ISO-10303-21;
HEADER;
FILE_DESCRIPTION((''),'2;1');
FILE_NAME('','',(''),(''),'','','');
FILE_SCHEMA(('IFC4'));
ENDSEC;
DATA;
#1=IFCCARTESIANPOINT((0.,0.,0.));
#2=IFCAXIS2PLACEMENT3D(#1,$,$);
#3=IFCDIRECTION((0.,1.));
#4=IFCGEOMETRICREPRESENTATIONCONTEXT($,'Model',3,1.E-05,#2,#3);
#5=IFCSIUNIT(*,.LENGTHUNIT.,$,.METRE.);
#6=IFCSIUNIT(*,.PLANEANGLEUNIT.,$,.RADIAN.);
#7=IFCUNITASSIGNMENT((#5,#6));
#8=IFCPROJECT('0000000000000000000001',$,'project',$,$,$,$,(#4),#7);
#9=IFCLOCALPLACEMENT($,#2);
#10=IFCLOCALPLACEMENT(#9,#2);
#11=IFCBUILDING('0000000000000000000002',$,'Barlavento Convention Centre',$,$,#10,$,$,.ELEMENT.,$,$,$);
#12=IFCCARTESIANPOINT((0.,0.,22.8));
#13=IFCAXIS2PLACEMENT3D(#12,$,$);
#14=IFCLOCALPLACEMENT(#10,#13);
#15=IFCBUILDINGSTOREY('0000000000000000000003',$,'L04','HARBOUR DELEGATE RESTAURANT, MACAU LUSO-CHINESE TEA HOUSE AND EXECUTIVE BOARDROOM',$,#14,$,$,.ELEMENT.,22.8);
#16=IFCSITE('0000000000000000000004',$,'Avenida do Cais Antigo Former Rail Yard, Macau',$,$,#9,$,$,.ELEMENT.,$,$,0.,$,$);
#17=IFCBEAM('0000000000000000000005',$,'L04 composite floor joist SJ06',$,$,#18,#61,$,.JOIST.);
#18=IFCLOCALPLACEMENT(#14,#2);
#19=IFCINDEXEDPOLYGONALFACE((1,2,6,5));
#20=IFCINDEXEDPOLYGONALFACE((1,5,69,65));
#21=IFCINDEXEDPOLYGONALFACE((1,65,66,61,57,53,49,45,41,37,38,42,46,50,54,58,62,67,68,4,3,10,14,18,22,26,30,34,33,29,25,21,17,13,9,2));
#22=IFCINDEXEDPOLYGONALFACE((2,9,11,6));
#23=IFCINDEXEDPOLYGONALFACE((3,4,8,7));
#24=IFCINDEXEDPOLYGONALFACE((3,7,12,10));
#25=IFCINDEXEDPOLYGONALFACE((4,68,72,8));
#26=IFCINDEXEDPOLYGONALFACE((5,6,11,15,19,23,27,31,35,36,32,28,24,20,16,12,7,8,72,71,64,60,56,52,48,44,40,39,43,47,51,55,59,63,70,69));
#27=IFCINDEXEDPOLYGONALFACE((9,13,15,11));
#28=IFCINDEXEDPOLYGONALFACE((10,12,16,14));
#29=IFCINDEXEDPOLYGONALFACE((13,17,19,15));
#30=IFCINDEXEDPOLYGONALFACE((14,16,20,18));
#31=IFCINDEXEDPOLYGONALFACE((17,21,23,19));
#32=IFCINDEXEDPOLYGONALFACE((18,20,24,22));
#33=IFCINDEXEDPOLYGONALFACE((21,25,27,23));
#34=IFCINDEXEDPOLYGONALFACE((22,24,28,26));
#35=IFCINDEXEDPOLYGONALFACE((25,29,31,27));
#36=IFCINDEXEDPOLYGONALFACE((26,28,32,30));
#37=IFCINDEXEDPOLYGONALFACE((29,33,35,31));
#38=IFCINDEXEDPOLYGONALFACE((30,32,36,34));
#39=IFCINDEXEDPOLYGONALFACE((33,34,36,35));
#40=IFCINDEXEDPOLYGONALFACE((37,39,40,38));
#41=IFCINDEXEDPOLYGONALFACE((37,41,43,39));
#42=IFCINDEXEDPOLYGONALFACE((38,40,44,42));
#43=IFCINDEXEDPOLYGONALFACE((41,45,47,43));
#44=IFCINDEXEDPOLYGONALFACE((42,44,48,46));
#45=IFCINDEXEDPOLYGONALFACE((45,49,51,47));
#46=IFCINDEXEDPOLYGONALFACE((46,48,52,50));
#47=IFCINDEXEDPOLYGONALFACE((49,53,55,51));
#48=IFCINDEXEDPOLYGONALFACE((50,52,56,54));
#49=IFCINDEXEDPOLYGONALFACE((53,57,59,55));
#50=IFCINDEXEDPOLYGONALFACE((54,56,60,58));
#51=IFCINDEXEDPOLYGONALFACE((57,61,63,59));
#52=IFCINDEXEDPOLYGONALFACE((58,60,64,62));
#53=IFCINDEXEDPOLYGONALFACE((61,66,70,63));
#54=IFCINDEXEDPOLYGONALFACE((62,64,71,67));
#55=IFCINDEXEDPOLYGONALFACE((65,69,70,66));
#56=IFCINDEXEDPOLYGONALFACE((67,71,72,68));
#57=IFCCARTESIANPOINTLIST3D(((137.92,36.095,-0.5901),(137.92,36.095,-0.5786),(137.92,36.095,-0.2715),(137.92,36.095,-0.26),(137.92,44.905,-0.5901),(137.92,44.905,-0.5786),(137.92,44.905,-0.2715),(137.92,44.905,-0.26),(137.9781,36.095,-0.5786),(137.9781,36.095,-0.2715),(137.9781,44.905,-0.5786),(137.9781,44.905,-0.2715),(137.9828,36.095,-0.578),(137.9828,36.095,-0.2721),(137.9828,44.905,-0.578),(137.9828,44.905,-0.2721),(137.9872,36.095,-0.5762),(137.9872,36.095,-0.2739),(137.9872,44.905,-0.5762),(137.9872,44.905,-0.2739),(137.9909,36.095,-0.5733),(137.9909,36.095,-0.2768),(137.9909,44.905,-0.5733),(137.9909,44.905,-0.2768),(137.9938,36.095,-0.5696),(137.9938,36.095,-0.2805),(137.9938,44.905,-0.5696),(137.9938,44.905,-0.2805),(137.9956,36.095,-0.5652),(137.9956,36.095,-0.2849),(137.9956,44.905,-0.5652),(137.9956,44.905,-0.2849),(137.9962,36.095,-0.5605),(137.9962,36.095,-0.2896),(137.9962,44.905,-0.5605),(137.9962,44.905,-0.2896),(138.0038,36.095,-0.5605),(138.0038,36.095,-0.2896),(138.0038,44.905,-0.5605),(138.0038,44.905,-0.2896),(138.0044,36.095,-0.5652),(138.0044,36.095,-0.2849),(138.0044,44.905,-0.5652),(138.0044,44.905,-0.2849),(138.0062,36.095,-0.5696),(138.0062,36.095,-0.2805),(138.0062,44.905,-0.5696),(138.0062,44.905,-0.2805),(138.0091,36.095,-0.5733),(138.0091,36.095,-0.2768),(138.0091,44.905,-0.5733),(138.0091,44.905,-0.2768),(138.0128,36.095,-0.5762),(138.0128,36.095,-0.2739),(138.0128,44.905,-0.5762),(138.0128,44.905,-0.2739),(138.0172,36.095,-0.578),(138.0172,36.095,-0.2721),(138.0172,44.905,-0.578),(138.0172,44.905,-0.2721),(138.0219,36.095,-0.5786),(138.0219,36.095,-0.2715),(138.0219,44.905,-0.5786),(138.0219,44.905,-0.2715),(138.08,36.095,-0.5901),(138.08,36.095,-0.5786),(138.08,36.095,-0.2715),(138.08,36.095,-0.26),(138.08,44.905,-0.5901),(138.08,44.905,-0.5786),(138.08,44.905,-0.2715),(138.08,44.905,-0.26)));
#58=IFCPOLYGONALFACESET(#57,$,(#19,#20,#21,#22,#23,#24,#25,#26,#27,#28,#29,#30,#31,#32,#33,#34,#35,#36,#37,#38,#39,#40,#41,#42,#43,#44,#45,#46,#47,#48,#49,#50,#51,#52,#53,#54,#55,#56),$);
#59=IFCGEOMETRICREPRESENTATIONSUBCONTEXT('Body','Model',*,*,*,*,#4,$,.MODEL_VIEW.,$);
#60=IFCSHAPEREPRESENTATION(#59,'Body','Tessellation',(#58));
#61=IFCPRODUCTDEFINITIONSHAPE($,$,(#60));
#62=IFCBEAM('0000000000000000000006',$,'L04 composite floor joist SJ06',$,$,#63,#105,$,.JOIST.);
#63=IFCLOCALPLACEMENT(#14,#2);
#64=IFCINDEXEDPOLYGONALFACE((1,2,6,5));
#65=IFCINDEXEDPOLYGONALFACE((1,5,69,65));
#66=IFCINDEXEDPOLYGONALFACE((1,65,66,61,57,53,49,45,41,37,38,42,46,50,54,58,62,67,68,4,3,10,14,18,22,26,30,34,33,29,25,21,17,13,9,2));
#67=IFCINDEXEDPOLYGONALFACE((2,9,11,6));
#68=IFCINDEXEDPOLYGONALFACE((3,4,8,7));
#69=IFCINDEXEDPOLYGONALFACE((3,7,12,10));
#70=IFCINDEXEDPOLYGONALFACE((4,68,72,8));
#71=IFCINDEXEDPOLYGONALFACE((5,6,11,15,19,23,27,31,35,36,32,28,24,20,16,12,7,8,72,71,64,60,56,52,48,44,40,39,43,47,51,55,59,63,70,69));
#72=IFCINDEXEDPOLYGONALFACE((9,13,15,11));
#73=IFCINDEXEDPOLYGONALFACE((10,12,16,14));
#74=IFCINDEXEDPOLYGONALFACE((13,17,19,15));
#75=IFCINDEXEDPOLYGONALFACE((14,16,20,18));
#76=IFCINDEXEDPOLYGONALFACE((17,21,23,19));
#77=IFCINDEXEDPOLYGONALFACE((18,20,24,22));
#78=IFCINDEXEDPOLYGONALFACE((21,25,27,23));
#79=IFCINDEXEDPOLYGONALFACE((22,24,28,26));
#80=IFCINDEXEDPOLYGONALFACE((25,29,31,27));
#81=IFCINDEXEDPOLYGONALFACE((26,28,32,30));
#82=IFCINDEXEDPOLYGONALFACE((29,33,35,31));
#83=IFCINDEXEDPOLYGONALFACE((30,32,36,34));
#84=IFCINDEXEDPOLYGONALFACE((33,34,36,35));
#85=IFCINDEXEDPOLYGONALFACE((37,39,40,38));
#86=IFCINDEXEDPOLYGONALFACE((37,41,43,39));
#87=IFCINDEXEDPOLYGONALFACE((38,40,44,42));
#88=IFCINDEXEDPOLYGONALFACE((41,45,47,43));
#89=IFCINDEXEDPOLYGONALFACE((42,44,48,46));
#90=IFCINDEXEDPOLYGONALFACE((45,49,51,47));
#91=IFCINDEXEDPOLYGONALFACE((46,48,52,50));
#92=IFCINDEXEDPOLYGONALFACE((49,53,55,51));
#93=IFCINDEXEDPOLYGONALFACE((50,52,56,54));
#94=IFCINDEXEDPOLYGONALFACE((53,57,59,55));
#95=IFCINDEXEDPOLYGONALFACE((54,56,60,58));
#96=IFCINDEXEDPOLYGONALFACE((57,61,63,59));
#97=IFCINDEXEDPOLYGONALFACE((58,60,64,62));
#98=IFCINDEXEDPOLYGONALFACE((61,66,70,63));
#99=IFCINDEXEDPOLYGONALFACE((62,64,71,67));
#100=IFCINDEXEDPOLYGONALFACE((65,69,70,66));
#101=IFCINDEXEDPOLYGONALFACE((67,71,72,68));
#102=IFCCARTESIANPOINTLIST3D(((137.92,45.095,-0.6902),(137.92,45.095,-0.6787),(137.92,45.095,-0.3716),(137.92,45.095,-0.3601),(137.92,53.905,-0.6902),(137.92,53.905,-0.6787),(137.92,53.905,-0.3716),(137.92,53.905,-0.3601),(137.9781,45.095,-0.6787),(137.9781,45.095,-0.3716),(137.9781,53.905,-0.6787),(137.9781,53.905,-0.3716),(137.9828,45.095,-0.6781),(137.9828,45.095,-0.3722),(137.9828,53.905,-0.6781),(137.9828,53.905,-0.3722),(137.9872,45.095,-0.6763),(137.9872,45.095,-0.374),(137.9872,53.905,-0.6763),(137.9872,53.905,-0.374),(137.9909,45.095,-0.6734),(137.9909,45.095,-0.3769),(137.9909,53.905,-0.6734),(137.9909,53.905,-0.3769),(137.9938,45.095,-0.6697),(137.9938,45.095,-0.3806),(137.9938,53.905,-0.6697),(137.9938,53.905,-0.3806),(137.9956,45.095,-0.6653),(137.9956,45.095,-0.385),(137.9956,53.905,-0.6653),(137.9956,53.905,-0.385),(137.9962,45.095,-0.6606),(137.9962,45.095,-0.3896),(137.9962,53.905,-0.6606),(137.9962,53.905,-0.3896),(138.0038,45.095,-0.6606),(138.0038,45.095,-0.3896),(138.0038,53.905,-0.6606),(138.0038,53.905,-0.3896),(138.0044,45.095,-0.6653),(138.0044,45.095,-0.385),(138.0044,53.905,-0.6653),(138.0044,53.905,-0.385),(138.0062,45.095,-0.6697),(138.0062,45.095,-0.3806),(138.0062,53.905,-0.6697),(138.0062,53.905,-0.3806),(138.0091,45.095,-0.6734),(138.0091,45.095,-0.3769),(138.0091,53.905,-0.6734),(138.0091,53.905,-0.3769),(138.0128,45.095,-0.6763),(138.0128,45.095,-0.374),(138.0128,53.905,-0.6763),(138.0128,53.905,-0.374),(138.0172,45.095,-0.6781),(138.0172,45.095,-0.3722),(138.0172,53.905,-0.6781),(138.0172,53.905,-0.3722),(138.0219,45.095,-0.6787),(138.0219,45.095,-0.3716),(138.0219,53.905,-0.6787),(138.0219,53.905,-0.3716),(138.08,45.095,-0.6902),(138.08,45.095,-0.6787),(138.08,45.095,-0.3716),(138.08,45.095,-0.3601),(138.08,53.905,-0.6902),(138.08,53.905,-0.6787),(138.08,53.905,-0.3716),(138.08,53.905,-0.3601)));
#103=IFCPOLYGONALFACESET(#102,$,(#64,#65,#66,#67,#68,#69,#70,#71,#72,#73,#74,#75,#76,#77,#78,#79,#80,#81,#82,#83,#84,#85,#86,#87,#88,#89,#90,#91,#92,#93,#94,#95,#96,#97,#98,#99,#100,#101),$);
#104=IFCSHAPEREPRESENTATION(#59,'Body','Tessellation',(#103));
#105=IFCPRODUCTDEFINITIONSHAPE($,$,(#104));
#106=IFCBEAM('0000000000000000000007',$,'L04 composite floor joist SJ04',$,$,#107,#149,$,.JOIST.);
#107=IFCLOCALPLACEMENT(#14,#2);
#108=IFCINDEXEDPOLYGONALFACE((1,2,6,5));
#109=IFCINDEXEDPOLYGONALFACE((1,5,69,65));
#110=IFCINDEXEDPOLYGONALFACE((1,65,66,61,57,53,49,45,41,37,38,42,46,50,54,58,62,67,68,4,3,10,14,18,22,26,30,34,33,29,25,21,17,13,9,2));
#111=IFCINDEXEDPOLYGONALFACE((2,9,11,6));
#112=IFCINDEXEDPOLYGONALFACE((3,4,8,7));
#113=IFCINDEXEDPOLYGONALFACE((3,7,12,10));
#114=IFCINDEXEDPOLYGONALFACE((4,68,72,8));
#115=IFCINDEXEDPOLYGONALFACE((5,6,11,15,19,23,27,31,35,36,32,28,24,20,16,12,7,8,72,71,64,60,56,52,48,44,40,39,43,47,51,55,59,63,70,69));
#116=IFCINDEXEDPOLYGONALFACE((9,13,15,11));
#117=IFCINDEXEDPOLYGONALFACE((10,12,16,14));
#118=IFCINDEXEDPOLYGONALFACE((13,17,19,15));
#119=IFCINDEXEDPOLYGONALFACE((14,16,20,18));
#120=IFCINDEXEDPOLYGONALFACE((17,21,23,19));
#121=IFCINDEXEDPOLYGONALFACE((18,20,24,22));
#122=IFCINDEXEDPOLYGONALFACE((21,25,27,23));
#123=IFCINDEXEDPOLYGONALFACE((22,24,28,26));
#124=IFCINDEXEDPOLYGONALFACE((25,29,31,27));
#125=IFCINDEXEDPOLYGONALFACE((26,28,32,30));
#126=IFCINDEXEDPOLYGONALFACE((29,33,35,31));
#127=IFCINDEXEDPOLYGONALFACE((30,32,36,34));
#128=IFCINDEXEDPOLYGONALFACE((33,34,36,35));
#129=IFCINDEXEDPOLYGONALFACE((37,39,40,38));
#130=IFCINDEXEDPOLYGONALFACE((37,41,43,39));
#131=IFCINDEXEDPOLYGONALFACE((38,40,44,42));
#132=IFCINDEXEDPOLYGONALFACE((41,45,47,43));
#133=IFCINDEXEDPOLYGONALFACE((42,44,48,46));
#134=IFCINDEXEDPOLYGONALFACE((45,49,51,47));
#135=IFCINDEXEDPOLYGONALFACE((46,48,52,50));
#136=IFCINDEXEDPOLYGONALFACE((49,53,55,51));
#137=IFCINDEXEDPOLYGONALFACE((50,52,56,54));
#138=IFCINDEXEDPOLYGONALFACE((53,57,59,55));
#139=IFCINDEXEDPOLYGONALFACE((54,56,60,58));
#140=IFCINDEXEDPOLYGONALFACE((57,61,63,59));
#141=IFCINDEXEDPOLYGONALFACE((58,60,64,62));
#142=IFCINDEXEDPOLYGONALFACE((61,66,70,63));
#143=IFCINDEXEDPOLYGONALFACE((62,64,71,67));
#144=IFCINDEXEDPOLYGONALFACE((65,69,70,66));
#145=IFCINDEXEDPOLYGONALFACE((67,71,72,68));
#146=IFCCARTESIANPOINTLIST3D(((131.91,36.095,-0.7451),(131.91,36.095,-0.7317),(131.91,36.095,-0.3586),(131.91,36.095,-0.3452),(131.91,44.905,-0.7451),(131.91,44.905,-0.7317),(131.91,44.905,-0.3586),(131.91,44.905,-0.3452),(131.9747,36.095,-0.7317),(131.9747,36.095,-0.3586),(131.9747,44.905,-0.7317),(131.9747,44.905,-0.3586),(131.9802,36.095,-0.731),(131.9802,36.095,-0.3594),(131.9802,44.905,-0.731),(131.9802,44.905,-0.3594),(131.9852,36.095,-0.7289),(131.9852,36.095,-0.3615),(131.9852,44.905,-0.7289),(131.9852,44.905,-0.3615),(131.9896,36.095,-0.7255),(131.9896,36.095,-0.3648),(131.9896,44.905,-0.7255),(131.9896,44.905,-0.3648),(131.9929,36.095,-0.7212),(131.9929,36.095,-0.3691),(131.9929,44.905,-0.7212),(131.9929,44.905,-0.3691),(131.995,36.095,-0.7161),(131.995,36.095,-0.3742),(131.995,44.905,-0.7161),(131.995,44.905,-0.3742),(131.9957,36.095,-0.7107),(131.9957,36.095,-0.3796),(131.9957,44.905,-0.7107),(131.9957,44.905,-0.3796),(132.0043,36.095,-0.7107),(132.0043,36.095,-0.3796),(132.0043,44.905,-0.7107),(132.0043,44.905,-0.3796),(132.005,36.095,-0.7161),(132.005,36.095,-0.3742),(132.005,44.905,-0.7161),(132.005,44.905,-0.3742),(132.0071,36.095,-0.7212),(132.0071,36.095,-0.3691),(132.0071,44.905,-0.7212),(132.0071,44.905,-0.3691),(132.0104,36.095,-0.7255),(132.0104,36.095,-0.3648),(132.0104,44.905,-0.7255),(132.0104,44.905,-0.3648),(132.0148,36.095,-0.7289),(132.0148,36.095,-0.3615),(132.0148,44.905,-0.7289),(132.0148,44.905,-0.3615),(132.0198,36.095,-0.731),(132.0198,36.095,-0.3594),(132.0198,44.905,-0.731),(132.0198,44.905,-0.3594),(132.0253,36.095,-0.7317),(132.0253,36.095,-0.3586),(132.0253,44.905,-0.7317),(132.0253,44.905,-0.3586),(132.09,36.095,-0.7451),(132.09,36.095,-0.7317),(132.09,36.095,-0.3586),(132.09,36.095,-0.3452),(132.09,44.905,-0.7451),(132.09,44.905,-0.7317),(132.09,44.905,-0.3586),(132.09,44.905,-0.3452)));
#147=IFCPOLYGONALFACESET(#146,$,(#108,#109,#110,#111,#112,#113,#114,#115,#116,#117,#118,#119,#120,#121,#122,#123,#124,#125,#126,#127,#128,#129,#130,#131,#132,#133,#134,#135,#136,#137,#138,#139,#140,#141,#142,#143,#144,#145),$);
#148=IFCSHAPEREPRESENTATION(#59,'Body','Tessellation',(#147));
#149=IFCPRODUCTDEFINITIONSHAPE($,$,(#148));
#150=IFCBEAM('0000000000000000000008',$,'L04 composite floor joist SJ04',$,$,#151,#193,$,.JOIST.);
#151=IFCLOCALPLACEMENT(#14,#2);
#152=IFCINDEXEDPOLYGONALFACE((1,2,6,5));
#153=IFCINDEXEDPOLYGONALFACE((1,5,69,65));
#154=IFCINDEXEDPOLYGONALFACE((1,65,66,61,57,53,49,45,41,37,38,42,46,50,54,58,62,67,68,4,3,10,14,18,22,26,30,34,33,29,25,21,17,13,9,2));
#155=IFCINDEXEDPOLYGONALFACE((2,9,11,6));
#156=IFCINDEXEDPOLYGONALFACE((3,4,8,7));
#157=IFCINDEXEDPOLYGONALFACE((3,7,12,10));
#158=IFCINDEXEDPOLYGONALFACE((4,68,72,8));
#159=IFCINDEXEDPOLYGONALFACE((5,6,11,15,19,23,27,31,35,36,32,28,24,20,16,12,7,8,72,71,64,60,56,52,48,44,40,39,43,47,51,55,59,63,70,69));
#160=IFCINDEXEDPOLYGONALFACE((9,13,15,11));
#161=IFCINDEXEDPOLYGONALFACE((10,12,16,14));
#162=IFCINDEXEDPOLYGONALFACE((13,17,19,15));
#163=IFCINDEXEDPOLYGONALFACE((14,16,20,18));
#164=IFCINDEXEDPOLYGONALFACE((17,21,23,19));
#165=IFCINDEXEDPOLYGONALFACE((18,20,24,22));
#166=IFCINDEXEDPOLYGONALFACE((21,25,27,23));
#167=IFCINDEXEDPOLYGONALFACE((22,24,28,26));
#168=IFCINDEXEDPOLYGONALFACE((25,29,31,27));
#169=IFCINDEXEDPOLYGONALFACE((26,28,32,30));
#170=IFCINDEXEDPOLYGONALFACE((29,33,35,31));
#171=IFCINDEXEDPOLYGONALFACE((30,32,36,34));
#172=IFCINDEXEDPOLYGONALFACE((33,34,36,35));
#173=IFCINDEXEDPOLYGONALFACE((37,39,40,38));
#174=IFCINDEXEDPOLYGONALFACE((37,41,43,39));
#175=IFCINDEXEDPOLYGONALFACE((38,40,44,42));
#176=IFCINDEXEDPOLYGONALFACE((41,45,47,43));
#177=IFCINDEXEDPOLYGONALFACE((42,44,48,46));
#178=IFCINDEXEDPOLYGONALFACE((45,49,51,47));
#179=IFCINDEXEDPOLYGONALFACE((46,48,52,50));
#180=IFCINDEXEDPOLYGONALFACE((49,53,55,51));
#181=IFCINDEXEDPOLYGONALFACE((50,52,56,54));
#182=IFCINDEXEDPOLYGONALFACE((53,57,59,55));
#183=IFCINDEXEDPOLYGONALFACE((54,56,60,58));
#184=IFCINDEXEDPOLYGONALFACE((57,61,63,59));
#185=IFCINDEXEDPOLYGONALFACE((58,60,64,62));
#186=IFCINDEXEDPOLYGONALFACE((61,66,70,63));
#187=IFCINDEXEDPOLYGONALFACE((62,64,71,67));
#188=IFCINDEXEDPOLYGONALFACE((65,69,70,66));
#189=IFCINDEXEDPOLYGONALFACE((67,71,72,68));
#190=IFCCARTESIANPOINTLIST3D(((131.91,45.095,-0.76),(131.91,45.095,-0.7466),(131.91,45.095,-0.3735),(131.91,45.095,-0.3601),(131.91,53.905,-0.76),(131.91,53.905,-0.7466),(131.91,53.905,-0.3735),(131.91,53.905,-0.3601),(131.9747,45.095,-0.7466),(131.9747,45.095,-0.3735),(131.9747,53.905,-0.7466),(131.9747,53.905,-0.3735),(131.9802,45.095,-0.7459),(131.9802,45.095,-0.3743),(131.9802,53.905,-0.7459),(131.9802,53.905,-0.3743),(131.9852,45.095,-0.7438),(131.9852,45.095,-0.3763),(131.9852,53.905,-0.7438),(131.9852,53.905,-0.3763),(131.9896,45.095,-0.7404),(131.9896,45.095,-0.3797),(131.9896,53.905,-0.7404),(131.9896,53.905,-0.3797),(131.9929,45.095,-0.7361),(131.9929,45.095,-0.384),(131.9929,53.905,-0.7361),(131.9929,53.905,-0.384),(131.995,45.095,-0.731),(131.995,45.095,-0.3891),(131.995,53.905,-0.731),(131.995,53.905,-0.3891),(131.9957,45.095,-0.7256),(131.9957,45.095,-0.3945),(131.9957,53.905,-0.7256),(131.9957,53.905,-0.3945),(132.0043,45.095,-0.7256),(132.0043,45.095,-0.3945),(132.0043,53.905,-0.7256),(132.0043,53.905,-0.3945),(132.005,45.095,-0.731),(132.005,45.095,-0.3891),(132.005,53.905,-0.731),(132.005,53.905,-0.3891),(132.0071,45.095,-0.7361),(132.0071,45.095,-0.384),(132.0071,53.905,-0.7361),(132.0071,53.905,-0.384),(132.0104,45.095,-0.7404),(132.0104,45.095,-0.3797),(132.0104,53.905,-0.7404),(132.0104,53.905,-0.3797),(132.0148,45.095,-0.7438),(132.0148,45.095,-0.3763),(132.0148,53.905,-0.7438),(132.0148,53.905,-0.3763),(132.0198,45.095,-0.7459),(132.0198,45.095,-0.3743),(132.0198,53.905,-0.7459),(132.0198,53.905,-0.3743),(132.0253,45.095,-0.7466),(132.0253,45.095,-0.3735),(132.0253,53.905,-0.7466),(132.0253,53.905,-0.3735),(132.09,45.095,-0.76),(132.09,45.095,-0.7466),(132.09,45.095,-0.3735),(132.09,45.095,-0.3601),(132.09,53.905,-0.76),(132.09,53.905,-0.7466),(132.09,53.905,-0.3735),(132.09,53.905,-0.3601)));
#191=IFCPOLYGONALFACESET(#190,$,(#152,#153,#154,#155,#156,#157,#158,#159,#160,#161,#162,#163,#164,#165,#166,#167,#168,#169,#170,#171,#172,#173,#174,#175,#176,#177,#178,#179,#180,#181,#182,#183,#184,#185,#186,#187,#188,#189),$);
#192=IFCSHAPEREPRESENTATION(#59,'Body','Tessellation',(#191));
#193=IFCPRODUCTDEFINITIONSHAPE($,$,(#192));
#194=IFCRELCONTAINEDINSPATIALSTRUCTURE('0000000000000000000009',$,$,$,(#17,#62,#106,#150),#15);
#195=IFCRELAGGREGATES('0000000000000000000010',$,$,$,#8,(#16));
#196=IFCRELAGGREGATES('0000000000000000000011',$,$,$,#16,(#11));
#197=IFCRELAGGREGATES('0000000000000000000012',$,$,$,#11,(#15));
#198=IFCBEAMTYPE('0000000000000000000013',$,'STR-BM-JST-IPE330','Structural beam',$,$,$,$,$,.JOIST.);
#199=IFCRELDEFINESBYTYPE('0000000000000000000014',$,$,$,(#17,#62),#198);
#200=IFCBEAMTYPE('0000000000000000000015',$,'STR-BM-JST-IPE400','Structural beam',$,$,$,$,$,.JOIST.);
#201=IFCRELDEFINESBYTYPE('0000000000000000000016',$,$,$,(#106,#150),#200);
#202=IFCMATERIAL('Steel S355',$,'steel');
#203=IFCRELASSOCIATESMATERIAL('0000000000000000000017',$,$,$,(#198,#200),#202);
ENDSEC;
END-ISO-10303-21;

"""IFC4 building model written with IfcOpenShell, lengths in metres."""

from ifc_helpers import new_model, si_unit, direction, frame, origin, origin_2d, place, context, subcontext, project, spatial, i_section, extrude, material, material_profile, profile_set, type_object, element, save


model = new_model("IFC4")

# Units and contexts
model_context = context("Model", 3, precision=1e-05, world=origin(), true_north=direction((0.0, 1.0)))
body_context = subcontext(model_context, "Body", "Model", "MODEL_VIEW")
ifc_project = project(units=[si_unit("LENGTHUNIT", "METRE"), si_unit("PLANEANGLEUNIT", "RADIAN")], contexts=[model_context])

# Site, building, storey
site_placement = place(None, origin())
site = spatial("IfcSite", under=ifc_project, at=site_placement, Name="Avenida do Cais Antigo Former Rail Yard, Macau", CompositionType="ELEMENT", RefElevation=0.0)
building_placement = place(site_placement, origin())
building = spatial("IfcBuilding", under=site, at=building_placement, Name="Barlavento Convention Centre", CompositionType="ELEMENT")
storey_placement = place(building_placement, frame((0.0, 0.0, 22.8)))
storey = spatial("IfcBuildingStorey", under=building, at=storey_placement, Name="L04", Description="HARBOUR DELEGATE RESTAURANT, MACAU LUSO-CHINESE TEA HOUSE AND EXECUTIVE BOARDROOM", CompositionType="ELEMENT", Elevation=22.8)

# Beams
ifc_material_1 = material(Name="Steel S355", Category="steel")
ifc_material_profile_1 = material_profile(ifc_material_1, i_section(OverallWidth=0.1599, OverallDepth=0.3301, WebThickness=0.0076, FlangeThickness=0.0115, FilletRadius=0.0181, at=origin_2d()), Name="IPE 330")
ifc_profile_set_1 = profile_set([ifc_material_profile_1], Name="Steel S355")
beam_type_1 = type_object("IfcBeamType", Name="STR-BM-JST-IPE330", Description="Structural beam", PredefinedType="JOIST", material=ifc_profile_set_1)
for number, where, z_axis, x_axis, name in (
    (1, (138.0, 36.095, -0.425), (0.0, 1.0, 0.0), (-1.0, 0.0, 0.0), "L04 composite floor joist SJ06"),
    (2, (138.0, 45.095, -0.5251), (0.0, 1.0, 0.0), (-1.0, 0.0, 0.0), "L04 composite floor joist SJ06"),
):
    element("IfcBeam", number, at=place(storey_placement, frame(where, z_axis=z_axis, x_axis=x_axis)), inside=storey, type_object=beam_type_1, Name=name, PredefinedType="JOIST", context=body_context, shape_type="SweptSolid", body=[
        extrude(i_section(OverallWidth=0.1599, OverallDepth=0.3301, WebThickness=0.0076, FlangeThickness=0.0115, FilletRadius=0.0181, at=origin_2d()), origin(), (0.0, 0.0, 1.0), 8.8101),
    ])
ifc_material_profile_2 = material_profile(ifc_material_1, i_section(OverallWidth=0.1799, OverallDepth=0.3999, WebThickness=0.0085, FlangeThickness=0.0134, FilletRadius=0.021, at=origin_2d()), Name="IPE 400")
ifc_profile_set_2 = profile_set([ifc_material_profile_2], Name="Steel S355")
beam_type_2 = type_object("IfcBeamType", Name="STR-BM-JST-IPE400", Description="Structural beam", PredefinedType="JOIST", material=ifc_profile_set_2)
for number, where, z_axis, x_axis, name in (
    (3, (132.0, 36.095, -0.5452), (0.0, 1.0, 0.0), (-1.0, 0.0, 0.0), "L04 composite floor joist SJ04"),
    (4, (132.0, 45.095, -0.5601), (0.0, 1.0, 0.0), (-1.0, 0.0, 0.0), "L04 composite floor joist SJ04"),
):
    element("IfcBeam", number, at=place(storey_placement, frame(where, z_axis=z_axis, x_axis=x_axis)), inside=storey, type_object=beam_type_2, Name=name, PredefinedType="JOIST", context=body_context, shape_type="SweptSolid", body=[
        extrude(i_section(OverallWidth=0.1799, OverallDepth=0.3999, WebThickness=0.0085, FlangeThickness=0.0134, FilletRadius=0.021, at=origin_2d()), origin(), (0.0, 0.0, 1.0), 8.8101),
    ])

save(model, "model.ifc")
